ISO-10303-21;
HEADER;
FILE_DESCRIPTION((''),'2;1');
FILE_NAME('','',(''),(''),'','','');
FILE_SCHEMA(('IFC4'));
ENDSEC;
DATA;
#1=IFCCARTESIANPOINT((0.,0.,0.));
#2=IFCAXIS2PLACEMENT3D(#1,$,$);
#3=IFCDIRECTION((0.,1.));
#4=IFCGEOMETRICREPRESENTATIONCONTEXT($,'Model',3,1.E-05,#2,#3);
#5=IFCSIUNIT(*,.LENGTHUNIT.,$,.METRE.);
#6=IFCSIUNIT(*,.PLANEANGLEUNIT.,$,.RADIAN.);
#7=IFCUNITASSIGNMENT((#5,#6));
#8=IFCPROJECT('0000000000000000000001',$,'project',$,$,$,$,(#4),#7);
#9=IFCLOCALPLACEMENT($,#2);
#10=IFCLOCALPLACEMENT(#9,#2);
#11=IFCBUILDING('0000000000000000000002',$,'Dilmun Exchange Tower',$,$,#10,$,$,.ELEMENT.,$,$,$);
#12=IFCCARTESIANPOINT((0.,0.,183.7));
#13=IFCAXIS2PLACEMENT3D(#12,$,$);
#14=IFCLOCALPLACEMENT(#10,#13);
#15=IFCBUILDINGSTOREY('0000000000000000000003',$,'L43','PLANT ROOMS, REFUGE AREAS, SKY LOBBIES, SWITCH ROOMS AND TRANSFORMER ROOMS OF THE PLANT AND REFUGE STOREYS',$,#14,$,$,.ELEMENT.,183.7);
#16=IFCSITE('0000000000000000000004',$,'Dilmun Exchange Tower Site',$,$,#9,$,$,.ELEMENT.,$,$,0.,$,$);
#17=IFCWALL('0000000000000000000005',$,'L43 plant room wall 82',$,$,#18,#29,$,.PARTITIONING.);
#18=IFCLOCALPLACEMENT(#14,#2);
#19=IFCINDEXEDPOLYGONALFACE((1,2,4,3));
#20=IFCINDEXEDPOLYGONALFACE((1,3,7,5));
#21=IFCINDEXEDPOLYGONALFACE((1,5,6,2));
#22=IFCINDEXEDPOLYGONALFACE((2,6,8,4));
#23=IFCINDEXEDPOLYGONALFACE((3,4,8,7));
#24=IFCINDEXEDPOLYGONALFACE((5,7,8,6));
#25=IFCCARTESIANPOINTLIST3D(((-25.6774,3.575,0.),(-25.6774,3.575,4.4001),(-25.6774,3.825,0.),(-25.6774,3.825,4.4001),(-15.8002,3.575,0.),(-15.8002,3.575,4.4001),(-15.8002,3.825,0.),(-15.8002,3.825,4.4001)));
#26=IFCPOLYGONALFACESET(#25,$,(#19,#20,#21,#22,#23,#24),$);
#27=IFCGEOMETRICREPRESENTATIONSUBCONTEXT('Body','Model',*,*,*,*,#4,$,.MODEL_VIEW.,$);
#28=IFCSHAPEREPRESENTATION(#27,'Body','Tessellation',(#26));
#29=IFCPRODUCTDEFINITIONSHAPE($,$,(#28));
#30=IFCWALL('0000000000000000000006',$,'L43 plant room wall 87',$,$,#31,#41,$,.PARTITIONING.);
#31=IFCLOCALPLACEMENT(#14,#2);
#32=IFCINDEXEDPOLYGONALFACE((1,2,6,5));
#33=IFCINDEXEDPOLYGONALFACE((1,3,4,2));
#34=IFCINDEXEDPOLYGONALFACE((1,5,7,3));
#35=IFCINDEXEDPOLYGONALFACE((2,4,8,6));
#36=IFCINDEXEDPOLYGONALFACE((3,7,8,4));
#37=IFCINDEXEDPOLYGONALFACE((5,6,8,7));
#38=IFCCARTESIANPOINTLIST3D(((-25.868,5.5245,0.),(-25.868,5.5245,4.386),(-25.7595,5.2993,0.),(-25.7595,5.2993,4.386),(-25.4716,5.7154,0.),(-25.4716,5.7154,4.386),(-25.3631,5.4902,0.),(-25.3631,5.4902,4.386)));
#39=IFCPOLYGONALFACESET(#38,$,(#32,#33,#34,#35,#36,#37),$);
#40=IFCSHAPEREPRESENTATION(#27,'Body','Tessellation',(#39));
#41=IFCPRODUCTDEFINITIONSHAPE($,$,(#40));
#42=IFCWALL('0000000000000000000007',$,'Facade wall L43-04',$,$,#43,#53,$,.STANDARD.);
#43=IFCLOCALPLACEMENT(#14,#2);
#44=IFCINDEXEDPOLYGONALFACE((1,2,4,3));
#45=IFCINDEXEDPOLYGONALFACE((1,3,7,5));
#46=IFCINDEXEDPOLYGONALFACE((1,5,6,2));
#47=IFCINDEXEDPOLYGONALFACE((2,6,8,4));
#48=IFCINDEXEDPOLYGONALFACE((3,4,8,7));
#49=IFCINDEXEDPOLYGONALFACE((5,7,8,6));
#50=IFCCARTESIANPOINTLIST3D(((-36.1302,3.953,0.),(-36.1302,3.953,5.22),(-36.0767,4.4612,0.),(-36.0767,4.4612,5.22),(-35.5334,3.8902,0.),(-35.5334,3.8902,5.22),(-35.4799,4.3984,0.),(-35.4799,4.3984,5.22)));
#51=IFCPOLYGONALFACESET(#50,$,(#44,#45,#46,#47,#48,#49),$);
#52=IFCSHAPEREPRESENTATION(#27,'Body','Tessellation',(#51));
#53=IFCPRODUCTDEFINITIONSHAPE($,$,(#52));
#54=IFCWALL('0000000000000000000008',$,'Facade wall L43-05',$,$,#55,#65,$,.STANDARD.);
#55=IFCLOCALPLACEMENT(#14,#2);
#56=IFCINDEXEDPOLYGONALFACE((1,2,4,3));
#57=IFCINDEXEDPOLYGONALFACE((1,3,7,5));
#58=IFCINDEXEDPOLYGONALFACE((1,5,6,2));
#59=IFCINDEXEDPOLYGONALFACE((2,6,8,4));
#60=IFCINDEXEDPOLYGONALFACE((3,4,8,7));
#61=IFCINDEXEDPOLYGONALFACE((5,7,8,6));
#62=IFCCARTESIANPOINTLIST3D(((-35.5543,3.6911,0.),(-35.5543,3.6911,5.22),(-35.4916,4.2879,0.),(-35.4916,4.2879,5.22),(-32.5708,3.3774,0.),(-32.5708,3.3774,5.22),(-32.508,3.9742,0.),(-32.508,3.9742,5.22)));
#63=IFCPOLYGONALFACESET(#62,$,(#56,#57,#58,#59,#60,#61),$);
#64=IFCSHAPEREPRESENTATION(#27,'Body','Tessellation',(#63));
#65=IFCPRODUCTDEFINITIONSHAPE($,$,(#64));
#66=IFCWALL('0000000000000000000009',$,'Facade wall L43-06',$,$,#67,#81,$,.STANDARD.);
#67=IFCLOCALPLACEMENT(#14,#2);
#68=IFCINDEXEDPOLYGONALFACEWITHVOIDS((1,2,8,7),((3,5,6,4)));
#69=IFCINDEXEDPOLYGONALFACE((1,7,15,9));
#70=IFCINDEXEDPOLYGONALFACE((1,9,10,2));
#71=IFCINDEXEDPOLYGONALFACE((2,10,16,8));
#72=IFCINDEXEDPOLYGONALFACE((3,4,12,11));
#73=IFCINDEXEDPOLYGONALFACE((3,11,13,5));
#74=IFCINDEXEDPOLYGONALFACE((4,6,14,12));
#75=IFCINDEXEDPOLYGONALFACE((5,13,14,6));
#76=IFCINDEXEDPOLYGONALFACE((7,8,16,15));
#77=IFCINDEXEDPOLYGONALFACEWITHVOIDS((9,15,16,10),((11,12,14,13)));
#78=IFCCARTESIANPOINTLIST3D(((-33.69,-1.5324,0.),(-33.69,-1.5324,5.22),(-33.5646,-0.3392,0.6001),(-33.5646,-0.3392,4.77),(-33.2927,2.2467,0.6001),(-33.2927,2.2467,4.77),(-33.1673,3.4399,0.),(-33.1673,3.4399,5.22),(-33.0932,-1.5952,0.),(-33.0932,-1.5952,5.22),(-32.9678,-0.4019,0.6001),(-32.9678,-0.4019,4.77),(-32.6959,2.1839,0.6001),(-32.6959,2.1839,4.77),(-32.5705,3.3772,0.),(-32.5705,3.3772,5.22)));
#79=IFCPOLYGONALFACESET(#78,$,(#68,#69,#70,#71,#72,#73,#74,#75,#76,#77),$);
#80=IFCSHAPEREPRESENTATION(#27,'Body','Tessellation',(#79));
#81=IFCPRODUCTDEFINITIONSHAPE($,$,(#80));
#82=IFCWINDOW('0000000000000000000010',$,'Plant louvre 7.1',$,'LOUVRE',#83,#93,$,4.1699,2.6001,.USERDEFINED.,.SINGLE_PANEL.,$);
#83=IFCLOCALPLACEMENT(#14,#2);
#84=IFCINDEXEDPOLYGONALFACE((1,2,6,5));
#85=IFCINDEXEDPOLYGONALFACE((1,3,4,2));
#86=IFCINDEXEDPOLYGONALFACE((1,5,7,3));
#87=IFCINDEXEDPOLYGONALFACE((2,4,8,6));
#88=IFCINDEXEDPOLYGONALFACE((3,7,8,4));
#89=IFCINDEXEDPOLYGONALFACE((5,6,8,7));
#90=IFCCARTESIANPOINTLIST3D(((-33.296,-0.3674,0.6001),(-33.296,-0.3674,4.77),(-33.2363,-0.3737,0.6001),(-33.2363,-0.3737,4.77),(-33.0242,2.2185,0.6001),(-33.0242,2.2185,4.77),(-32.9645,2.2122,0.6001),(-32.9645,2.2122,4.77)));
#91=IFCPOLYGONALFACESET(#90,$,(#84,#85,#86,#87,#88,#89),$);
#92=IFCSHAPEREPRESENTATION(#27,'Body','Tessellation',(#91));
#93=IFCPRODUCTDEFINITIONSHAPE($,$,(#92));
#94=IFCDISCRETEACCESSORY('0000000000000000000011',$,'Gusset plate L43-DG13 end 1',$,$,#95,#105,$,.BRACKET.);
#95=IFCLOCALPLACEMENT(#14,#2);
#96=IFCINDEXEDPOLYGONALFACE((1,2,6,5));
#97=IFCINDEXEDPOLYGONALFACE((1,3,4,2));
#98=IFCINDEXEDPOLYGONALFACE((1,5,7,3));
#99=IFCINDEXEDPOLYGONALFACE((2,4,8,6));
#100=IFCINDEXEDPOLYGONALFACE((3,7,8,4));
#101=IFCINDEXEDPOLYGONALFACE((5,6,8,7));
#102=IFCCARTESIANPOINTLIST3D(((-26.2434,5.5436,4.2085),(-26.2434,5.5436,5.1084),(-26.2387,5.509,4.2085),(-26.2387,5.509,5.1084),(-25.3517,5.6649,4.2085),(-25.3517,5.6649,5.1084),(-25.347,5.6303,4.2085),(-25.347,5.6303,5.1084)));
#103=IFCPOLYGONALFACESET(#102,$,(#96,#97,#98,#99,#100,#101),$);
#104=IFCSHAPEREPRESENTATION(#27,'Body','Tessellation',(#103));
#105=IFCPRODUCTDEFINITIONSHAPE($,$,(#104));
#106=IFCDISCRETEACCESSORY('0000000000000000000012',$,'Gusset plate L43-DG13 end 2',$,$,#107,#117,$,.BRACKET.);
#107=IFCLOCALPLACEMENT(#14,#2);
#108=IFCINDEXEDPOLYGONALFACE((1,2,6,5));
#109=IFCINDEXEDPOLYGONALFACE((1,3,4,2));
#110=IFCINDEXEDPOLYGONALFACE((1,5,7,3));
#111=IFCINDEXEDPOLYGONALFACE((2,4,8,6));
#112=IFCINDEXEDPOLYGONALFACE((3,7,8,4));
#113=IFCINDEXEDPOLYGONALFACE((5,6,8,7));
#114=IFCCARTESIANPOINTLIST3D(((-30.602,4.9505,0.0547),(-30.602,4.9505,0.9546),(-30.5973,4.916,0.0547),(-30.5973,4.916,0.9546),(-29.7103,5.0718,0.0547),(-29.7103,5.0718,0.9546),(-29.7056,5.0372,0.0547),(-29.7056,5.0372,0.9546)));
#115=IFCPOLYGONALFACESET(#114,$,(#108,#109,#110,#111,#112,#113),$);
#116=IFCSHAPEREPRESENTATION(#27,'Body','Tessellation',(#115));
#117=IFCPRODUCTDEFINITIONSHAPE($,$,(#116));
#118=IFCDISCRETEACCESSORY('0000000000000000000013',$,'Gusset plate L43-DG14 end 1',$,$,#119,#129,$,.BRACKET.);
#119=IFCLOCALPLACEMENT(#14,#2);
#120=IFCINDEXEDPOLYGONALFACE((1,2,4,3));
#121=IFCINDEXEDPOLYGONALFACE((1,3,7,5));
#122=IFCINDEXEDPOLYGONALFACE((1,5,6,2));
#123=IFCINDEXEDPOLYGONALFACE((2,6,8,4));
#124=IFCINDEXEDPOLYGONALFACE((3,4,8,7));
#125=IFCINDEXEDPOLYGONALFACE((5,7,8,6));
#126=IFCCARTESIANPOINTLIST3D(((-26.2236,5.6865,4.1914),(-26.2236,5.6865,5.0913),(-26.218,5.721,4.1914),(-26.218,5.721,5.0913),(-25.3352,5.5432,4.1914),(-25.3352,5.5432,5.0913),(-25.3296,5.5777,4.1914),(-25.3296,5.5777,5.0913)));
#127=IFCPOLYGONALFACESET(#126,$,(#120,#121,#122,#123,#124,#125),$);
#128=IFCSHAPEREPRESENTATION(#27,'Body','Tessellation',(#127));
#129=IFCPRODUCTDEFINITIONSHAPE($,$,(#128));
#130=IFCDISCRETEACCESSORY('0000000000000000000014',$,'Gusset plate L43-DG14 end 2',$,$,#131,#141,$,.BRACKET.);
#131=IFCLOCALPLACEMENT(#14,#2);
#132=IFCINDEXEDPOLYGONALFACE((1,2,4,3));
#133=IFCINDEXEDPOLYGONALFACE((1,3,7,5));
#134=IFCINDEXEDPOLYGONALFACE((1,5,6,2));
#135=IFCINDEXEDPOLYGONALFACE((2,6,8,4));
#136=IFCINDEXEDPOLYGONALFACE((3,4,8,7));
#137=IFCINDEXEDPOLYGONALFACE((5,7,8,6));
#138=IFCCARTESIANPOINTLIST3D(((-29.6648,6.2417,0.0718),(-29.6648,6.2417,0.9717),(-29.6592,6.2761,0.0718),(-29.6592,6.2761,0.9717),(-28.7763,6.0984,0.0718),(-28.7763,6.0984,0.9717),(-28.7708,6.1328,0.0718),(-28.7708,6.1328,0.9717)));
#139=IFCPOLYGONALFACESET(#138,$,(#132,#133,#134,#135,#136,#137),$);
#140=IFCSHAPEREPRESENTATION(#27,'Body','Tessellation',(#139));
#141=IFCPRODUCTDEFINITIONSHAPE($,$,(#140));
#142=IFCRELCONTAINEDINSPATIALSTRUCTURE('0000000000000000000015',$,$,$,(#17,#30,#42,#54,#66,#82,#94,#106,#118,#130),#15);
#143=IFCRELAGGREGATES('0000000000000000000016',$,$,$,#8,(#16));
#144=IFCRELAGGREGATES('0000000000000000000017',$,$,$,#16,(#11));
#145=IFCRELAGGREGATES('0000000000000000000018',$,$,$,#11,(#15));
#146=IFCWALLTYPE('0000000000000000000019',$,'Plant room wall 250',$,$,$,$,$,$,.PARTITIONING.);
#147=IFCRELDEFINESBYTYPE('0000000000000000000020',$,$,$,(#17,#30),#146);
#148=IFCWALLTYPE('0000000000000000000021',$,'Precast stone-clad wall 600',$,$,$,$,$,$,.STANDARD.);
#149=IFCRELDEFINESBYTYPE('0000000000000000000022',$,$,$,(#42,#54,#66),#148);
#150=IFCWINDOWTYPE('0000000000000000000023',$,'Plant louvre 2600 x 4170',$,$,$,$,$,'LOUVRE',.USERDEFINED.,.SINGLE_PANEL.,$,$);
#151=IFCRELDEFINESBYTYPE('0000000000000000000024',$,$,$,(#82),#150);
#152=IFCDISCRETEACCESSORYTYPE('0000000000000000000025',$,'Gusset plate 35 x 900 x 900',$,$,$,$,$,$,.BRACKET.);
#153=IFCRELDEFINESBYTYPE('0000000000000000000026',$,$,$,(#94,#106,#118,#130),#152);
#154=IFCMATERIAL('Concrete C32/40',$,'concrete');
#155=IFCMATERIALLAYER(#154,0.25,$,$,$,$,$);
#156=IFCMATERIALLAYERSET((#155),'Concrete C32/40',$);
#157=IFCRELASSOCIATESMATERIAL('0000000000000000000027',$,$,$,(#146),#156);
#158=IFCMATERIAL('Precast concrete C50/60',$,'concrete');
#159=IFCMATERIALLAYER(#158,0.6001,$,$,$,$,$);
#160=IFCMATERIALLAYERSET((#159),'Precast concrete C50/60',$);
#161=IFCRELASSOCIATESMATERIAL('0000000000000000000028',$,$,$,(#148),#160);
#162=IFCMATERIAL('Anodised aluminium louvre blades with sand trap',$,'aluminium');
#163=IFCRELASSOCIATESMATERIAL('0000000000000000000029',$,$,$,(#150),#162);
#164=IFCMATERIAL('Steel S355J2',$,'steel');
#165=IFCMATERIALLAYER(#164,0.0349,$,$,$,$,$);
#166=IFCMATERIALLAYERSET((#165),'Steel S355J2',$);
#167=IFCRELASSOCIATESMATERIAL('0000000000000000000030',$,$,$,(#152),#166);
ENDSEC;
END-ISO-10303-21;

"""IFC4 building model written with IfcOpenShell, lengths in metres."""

from ifc_helpers import new_model, si_unit, direction, frame, frame_2d, origin, origin_2d, place, context, subcontext, project, spatial, rectangle, extrude, material, layer, layer_set, type_object, element, fill, save


model = new_model("IFC4")

# Units and contexts
model_context = context("Model", 3, precision=1e-05, world=origin(), true_north=direction((0.0, 1.0)))
body_context = subcontext(model_context, "Body", "Model", "MODEL_VIEW")
ifc_project = project(units=[si_unit("LENGTHUNIT", "METRE"), si_unit("PLANEANGLEUNIT", "RADIAN")], contexts=[model_context])

# Site, building, storey
site_placement = place(None, origin())
site = spatial("IfcSite", under=ifc_project, at=site_placement, Name="Dilmun Exchange Tower Site", CompositionType="ELEMENT", RefElevation=0.0)
building_placement = place(site_placement, origin())
building = spatial("IfcBuilding", under=site, at=building_placement, Name="Dilmun Exchange Tower", CompositionType="ELEMENT")
storey_placement = place(building_placement, frame((0.0, 0.0, 183.7)))
storey = spatial("IfcBuildingStorey", under=building, at=storey_placement, Name="L43", Description="PLANT ROOMS, REFUGE AREAS, SKY LOBBIES, SWITCH ROOMS AND TRANSFORMER ROOMS OF THE PLANT AND REFUGE STOREYS", CompositionType="ELEMENT", Elevation=183.7)

# Walls
ifc_material_1 = material(Name="Concrete C32/40", Category="concrete")
ifc_layer_1 = layer(ifc_material_1, 0.25)
ifc_layer_set_1 = layer_set([ifc_layer_1], Name="Concrete C32/40")
wall_type_1 = type_object("IfcWallType", Name="Plant room wall 250", PredefinedType="PARTITIONING", material=ifc_layer_set_1)
wall_1_placement = place(storey_placement, frame((-25.6772, 3.7, 0.0), z_axis=(0.0, 0.0, 1.0), x_axis=(1.0, 0.0, 0.0)))
element("IfcWall", 1, at=wall_1_placement, inside=storey, type_object=wall_type_1, Name="L43 plant room wall 82", PredefinedType="PARTITIONING", context=body_context, shape_type="SweptSolid", body=[
    extrude(rectangle(XDim=9.8772, YDim=0.25, at=frame_2d((4.9385, 0.0))), origin(), (0.0, 0.0, 1.0), 4.4001),
])
wall_2_placement = place(storey_placement, frame((-25.8137, 5.4119, 0.0), z_axis=(0.0, 0.0, 1.0), x_axis=(0.900881, 0.434066, 0.0)))
element("IfcWall", 2, at=wall_2_placement, inside=storey, type_object=wall_type_1, Name="L43 plant room wall 87", PredefinedType="PARTITIONING", context=body_context, shape_type="SweptSolid", body=[
    extrude(rectangle(XDim=0.4399, YDim=0.25, at=frame_2d((0.22, 0.0))), origin(), (0.0, 0.0, 1.0), 4.386),
])
ifc_material_2 = material(Name="Precast concrete C50/60", Category="concrete")
ifc_layer_2 = layer(ifc_material_2, 0.6001)
ifc_layer_set_2 = layer_set([ifc_layer_2], Name="Precast concrete C50/60")
wall_type_2 = type_object("IfcWallType", Name="Precast stone-clad wall 600", PredefinedType="STANDARD", material=ifc_layer_set_2)
wall_3_placement = place(storey_placement, frame((-35.7783, 4.4297, 0.0), z_axis=(0.0, 0.0, 1.0), x_axis=(-0.10461, -0.994513, 0.0)))
element("IfcWall", 3, at=wall_3_placement, inside=storey, type_object=wall_type_2, Name="Facade wall L43-04", PredefinedType="STANDARD", context=body_context, shape_type="SweptSolid", body=[
    extrude(rectangle(XDim=0.511, YDim=0.6001, at=frame_2d((0.2554, 0.0))), origin(), (0.0, 0.0, 1.0), 5.22),
])
wall_4_placement = place(storey_placement, frame((-35.5229, 3.9895, 0.0), z_axis=(0.0, 0.0, 1.0), x_axis=(0.994517, -0.10457, 0.0)))
element("IfcWall", 4, at=wall_4_placement, inside=storey, type_object=wall_type_2, Name="Facade wall L43-05", PredefinedType="STANDARD", context=body_context, shape_type="SweptSolid", body=[
    extrude(rectangle(XDim=3.0, YDim=0.6001, at=frame_2d((1.5, 0.0))), origin(), (0.0, 0.0, 1.0), 5.22),
])

# Wall, opening, window
wall_5_placement = place(storey_placement, frame((-32.8689, 3.4087, 0.0), z_axis=(0.0, 0.0, 1.0), x_axis=(-0.104545, -0.99452, 0.0)))
wall_5 = element("IfcWall", 5, at=wall_5_placement, inside=storey, type_object=wall_type_2, Name="Facade wall L43-06", PredefinedType="STANDARD", context=body_context, shape_type="SweptSolid", body=[
    extrude(rectangle(XDim=4.9998, YDim=0.6001, at=frame_2d((2.5, 0.0))), origin(), (0.0, 0.0, 1.0), 5.22),
])
opening_placement = place(wall_5_placement, frame((1.2, 0.0, 0.6001)))
opening = element("IfcOpeningElement", 6, at=opening_placement, cuts=wall_5, PredefinedType="OPENING", context=body_context, shape_type="SweptSolid", body=[
    extrude(rectangle(XDim=2.6001, YDim=4.1699, at=frame_2d((1.3, 2.085))), frame((0.0, 0.3101, 0.0), z_axis=(0.0, -1.0, 0.0), x_axis=(1.0, 0.0, 0.0)), (0.0, 0.0, 1.0), 0.6201),
])
ifc_material_3 = material(Name="Anodised aluminium louvre blades with sand trap", Category="aluminium")
window_type = type_object("IfcWindowType", Name="Plant louvre 2600 x 4170", ElementType="LOUVRE", PartitioningType="SINGLE_PANEL", PredefinedType="USERDEFINED", material=ifc_material_3)
window_placement = place(opening_placement, origin())
window = element("IfcWindow", 7, at=window_placement, inside=storey, type_object=window_type, Name="Plant louvre 7.1", ObjectType="LOUVRE", OverallHeight=4.1699, OverallWidth=2.6001, PartitioningType="SINGLE_PANEL", PredefinedType="USERDEFINED", context=body_context, shape_type="SweptSolid", body=[
    extrude(rectangle(XDim=2.6001, YDim=4.1699, at=frame_2d((1.3, 2.085))), frame((0.0, 0.03, 0.0), z_axis=(0.0, -1.0, 0.0), x_axis=(1.0, 0.0, 0.0)), (0.0, 0.0, 1.0), 0.0601),
])
fill(opening, window)

# Discrete accessories
ifc_material_4 = material(Name="Steel S355J2", Category="steel")
ifc_layer_3 = layer(ifc_material_4, 0.0349)
ifc_layer_set_3 = layer_set([ifc_layer_3], Name="Steel S355J2")
discrete_accessory_type = type_object("IfcDiscreteAccessoryType", Name="Gusset plate 35 x 900 x 900", PredefinedType="BRACKET", material=ifc_layer_set_3)
for number, where, z_axis, x_axis, name in (
    (8, (-25.7952, 5.5869, 4.2085), (0.0, 0.0, 1.0), (-0.990874, -0.134789, 0.0), "Gusset plate L43-DG13 end 1"),
    (9, (-30.1538, 4.9939, 0.0547), (0.0, 0.0, 1.0), (-0.990874, -0.134789, 0.0), "Gusset plate L43-DG13 end 2"),
    (10, (-25.7766, 5.6321, 4.1914), (0.0, 0.0, 1.0), (-0.987242, 0.159226, 0.0), "Gusset plate L43-DG14 end 1"),
    (11, (-29.2178, 6.1873, 0.0718), (0.0, 0.0, 1.0), (-0.987242, 0.159226, 0.0), "Gusset plate L43-DG14 end 2"),
):
    element("IfcDiscreteAccessory", number, at=place(storey_placement, frame(where, z_axis=z_axis, x_axis=x_axis)), inside=storey, type_object=discrete_accessory_type, Name=name, PredefinedType="BRACKET", context=body_context, shape_type="SweptSolid", body=[
        extrude(rectangle(XDim=0.8999, YDim=0.0349, at=origin_2d()), origin(), (0.0, 0.0, 1.0), 0.8999),
    ])

save(model, "model.ifc")
